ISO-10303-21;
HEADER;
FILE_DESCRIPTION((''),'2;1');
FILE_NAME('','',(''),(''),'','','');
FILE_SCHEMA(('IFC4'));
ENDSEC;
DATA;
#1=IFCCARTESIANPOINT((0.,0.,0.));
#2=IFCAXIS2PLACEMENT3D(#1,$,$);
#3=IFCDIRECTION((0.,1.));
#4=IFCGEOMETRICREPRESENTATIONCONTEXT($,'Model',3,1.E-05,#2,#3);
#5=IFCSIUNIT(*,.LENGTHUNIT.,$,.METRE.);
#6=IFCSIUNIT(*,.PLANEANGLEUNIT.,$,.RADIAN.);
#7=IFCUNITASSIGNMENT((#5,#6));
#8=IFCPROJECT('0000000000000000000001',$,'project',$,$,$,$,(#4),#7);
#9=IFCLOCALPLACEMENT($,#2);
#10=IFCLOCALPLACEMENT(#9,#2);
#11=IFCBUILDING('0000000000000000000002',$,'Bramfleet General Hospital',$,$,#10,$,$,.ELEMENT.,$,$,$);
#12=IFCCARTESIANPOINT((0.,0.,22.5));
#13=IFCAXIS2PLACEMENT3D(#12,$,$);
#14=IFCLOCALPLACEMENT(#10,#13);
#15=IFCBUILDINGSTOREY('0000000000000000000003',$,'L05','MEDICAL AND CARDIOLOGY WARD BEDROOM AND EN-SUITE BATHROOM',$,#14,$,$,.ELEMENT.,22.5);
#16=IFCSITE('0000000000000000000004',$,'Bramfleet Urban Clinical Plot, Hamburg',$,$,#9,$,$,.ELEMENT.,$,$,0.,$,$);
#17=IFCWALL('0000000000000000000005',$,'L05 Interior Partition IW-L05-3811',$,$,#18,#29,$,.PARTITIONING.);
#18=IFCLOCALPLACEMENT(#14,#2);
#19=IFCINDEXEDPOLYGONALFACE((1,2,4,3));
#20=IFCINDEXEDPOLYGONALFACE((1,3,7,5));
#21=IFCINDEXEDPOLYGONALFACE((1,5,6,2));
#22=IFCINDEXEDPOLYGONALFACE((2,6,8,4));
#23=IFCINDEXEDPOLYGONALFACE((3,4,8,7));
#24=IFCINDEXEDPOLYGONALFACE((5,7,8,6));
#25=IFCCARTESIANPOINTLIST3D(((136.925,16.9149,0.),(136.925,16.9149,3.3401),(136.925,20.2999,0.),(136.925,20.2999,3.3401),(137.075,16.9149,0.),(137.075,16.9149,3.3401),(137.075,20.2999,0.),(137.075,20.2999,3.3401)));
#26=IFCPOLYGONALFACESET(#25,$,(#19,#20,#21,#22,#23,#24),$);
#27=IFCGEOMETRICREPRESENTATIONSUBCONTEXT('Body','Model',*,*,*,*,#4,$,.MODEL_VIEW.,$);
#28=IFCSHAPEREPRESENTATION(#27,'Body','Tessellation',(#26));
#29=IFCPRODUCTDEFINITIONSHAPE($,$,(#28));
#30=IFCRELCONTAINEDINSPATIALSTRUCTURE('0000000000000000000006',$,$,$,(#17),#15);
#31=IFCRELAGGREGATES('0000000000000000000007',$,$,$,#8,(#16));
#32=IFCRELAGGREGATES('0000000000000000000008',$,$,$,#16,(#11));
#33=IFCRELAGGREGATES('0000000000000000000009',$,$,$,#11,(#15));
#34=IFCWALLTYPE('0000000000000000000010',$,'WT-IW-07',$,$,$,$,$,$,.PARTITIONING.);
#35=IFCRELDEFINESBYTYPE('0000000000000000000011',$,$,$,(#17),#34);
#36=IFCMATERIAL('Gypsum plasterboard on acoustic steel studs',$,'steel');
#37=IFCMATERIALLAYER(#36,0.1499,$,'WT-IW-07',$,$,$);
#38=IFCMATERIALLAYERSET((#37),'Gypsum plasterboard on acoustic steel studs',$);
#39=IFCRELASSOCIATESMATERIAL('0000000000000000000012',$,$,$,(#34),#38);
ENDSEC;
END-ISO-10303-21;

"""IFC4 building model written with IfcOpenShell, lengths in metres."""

from ifc_helpers import new_model, si_unit, direction, frame, frame_2d, origin, place, context, subcontext, project, spatial, rectangle, extrude, material, layer, layer_set, type_object, element, save


model = new_model("IFC4")

# Units and contexts
model_context = context("Model", 3, precision=1e-05, world=origin(), true_north=direction((0.0, 1.0)))
body_context = subcontext(model_context, "Body", "Model", "MODEL_VIEW")
ifc_project = project(units=[si_unit("LENGTHUNIT", "METRE"), si_unit("PLANEANGLEUNIT", "RADIAN")], contexts=[model_context])

# Site, building, storey
site_placement = place(None, origin())
site = spatial("IfcSite", under=ifc_project, at=site_placement, Name="Bramfleet Urban Clinical Plot, Hamburg", CompositionType="ELEMENT", RefElevation=0.0)
building_placement = place(site_placement, origin())
building = spatial("IfcBuilding", under=site, at=building_placement, Name="Bramfleet General Hospital", CompositionType="ELEMENT")
storey_placement = place(building_placement, frame((0.0, 0.0, 22.5)))
storey = spatial("IfcBuildingStorey", under=building, at=storey_placement, Name="L05", Description="MEDICAL AND CARDIOLOGY WARD BEDROOM AND EN-SUITE BATHROOM", CompositionType="ELEMENT", Elevation=22.5)

# Wall
ifc_material_1 = material(Name="Gypsum plasterboard on acoustic steel studs", Category="steel")
ifc_layer_1 = layer(ifc_material_1, 0.1499, Name="WT-IW-07")
ifc_layer_set_1 = layer_set([ifc_layer_1], Name="Gypsum plasterboard on acoustic steel studs")
wall_type_1 = type_object("IfcWallType", Name="WT-IW-07", PredefinedType="PARTITIONING", material=ifc_layer_set_1)
wall_1_placement = place(storey_placement, frame((137.0, 16.915, 0.0), z_axis=(0.0, 0.0, 1.0), x_axis=(0.0, 1.0, 0.0)))
element("IfcWall", 1, at=wall_1_placement, inside=storey, type_object=wall_type_1, Name="L05 Interior Partition IW-L05-3811", PredefinedType="PARTITIONING", context=body_context, shape_type="SweptSolid", body=[
    extrude(rectangle(XDim=3.385, YDim=0.1499, at=frame_2d((1.6924, 0.0))), origin(), (0.0, 0.0, 1.0), 3.3401),
])

save(model, "model.ifc")
